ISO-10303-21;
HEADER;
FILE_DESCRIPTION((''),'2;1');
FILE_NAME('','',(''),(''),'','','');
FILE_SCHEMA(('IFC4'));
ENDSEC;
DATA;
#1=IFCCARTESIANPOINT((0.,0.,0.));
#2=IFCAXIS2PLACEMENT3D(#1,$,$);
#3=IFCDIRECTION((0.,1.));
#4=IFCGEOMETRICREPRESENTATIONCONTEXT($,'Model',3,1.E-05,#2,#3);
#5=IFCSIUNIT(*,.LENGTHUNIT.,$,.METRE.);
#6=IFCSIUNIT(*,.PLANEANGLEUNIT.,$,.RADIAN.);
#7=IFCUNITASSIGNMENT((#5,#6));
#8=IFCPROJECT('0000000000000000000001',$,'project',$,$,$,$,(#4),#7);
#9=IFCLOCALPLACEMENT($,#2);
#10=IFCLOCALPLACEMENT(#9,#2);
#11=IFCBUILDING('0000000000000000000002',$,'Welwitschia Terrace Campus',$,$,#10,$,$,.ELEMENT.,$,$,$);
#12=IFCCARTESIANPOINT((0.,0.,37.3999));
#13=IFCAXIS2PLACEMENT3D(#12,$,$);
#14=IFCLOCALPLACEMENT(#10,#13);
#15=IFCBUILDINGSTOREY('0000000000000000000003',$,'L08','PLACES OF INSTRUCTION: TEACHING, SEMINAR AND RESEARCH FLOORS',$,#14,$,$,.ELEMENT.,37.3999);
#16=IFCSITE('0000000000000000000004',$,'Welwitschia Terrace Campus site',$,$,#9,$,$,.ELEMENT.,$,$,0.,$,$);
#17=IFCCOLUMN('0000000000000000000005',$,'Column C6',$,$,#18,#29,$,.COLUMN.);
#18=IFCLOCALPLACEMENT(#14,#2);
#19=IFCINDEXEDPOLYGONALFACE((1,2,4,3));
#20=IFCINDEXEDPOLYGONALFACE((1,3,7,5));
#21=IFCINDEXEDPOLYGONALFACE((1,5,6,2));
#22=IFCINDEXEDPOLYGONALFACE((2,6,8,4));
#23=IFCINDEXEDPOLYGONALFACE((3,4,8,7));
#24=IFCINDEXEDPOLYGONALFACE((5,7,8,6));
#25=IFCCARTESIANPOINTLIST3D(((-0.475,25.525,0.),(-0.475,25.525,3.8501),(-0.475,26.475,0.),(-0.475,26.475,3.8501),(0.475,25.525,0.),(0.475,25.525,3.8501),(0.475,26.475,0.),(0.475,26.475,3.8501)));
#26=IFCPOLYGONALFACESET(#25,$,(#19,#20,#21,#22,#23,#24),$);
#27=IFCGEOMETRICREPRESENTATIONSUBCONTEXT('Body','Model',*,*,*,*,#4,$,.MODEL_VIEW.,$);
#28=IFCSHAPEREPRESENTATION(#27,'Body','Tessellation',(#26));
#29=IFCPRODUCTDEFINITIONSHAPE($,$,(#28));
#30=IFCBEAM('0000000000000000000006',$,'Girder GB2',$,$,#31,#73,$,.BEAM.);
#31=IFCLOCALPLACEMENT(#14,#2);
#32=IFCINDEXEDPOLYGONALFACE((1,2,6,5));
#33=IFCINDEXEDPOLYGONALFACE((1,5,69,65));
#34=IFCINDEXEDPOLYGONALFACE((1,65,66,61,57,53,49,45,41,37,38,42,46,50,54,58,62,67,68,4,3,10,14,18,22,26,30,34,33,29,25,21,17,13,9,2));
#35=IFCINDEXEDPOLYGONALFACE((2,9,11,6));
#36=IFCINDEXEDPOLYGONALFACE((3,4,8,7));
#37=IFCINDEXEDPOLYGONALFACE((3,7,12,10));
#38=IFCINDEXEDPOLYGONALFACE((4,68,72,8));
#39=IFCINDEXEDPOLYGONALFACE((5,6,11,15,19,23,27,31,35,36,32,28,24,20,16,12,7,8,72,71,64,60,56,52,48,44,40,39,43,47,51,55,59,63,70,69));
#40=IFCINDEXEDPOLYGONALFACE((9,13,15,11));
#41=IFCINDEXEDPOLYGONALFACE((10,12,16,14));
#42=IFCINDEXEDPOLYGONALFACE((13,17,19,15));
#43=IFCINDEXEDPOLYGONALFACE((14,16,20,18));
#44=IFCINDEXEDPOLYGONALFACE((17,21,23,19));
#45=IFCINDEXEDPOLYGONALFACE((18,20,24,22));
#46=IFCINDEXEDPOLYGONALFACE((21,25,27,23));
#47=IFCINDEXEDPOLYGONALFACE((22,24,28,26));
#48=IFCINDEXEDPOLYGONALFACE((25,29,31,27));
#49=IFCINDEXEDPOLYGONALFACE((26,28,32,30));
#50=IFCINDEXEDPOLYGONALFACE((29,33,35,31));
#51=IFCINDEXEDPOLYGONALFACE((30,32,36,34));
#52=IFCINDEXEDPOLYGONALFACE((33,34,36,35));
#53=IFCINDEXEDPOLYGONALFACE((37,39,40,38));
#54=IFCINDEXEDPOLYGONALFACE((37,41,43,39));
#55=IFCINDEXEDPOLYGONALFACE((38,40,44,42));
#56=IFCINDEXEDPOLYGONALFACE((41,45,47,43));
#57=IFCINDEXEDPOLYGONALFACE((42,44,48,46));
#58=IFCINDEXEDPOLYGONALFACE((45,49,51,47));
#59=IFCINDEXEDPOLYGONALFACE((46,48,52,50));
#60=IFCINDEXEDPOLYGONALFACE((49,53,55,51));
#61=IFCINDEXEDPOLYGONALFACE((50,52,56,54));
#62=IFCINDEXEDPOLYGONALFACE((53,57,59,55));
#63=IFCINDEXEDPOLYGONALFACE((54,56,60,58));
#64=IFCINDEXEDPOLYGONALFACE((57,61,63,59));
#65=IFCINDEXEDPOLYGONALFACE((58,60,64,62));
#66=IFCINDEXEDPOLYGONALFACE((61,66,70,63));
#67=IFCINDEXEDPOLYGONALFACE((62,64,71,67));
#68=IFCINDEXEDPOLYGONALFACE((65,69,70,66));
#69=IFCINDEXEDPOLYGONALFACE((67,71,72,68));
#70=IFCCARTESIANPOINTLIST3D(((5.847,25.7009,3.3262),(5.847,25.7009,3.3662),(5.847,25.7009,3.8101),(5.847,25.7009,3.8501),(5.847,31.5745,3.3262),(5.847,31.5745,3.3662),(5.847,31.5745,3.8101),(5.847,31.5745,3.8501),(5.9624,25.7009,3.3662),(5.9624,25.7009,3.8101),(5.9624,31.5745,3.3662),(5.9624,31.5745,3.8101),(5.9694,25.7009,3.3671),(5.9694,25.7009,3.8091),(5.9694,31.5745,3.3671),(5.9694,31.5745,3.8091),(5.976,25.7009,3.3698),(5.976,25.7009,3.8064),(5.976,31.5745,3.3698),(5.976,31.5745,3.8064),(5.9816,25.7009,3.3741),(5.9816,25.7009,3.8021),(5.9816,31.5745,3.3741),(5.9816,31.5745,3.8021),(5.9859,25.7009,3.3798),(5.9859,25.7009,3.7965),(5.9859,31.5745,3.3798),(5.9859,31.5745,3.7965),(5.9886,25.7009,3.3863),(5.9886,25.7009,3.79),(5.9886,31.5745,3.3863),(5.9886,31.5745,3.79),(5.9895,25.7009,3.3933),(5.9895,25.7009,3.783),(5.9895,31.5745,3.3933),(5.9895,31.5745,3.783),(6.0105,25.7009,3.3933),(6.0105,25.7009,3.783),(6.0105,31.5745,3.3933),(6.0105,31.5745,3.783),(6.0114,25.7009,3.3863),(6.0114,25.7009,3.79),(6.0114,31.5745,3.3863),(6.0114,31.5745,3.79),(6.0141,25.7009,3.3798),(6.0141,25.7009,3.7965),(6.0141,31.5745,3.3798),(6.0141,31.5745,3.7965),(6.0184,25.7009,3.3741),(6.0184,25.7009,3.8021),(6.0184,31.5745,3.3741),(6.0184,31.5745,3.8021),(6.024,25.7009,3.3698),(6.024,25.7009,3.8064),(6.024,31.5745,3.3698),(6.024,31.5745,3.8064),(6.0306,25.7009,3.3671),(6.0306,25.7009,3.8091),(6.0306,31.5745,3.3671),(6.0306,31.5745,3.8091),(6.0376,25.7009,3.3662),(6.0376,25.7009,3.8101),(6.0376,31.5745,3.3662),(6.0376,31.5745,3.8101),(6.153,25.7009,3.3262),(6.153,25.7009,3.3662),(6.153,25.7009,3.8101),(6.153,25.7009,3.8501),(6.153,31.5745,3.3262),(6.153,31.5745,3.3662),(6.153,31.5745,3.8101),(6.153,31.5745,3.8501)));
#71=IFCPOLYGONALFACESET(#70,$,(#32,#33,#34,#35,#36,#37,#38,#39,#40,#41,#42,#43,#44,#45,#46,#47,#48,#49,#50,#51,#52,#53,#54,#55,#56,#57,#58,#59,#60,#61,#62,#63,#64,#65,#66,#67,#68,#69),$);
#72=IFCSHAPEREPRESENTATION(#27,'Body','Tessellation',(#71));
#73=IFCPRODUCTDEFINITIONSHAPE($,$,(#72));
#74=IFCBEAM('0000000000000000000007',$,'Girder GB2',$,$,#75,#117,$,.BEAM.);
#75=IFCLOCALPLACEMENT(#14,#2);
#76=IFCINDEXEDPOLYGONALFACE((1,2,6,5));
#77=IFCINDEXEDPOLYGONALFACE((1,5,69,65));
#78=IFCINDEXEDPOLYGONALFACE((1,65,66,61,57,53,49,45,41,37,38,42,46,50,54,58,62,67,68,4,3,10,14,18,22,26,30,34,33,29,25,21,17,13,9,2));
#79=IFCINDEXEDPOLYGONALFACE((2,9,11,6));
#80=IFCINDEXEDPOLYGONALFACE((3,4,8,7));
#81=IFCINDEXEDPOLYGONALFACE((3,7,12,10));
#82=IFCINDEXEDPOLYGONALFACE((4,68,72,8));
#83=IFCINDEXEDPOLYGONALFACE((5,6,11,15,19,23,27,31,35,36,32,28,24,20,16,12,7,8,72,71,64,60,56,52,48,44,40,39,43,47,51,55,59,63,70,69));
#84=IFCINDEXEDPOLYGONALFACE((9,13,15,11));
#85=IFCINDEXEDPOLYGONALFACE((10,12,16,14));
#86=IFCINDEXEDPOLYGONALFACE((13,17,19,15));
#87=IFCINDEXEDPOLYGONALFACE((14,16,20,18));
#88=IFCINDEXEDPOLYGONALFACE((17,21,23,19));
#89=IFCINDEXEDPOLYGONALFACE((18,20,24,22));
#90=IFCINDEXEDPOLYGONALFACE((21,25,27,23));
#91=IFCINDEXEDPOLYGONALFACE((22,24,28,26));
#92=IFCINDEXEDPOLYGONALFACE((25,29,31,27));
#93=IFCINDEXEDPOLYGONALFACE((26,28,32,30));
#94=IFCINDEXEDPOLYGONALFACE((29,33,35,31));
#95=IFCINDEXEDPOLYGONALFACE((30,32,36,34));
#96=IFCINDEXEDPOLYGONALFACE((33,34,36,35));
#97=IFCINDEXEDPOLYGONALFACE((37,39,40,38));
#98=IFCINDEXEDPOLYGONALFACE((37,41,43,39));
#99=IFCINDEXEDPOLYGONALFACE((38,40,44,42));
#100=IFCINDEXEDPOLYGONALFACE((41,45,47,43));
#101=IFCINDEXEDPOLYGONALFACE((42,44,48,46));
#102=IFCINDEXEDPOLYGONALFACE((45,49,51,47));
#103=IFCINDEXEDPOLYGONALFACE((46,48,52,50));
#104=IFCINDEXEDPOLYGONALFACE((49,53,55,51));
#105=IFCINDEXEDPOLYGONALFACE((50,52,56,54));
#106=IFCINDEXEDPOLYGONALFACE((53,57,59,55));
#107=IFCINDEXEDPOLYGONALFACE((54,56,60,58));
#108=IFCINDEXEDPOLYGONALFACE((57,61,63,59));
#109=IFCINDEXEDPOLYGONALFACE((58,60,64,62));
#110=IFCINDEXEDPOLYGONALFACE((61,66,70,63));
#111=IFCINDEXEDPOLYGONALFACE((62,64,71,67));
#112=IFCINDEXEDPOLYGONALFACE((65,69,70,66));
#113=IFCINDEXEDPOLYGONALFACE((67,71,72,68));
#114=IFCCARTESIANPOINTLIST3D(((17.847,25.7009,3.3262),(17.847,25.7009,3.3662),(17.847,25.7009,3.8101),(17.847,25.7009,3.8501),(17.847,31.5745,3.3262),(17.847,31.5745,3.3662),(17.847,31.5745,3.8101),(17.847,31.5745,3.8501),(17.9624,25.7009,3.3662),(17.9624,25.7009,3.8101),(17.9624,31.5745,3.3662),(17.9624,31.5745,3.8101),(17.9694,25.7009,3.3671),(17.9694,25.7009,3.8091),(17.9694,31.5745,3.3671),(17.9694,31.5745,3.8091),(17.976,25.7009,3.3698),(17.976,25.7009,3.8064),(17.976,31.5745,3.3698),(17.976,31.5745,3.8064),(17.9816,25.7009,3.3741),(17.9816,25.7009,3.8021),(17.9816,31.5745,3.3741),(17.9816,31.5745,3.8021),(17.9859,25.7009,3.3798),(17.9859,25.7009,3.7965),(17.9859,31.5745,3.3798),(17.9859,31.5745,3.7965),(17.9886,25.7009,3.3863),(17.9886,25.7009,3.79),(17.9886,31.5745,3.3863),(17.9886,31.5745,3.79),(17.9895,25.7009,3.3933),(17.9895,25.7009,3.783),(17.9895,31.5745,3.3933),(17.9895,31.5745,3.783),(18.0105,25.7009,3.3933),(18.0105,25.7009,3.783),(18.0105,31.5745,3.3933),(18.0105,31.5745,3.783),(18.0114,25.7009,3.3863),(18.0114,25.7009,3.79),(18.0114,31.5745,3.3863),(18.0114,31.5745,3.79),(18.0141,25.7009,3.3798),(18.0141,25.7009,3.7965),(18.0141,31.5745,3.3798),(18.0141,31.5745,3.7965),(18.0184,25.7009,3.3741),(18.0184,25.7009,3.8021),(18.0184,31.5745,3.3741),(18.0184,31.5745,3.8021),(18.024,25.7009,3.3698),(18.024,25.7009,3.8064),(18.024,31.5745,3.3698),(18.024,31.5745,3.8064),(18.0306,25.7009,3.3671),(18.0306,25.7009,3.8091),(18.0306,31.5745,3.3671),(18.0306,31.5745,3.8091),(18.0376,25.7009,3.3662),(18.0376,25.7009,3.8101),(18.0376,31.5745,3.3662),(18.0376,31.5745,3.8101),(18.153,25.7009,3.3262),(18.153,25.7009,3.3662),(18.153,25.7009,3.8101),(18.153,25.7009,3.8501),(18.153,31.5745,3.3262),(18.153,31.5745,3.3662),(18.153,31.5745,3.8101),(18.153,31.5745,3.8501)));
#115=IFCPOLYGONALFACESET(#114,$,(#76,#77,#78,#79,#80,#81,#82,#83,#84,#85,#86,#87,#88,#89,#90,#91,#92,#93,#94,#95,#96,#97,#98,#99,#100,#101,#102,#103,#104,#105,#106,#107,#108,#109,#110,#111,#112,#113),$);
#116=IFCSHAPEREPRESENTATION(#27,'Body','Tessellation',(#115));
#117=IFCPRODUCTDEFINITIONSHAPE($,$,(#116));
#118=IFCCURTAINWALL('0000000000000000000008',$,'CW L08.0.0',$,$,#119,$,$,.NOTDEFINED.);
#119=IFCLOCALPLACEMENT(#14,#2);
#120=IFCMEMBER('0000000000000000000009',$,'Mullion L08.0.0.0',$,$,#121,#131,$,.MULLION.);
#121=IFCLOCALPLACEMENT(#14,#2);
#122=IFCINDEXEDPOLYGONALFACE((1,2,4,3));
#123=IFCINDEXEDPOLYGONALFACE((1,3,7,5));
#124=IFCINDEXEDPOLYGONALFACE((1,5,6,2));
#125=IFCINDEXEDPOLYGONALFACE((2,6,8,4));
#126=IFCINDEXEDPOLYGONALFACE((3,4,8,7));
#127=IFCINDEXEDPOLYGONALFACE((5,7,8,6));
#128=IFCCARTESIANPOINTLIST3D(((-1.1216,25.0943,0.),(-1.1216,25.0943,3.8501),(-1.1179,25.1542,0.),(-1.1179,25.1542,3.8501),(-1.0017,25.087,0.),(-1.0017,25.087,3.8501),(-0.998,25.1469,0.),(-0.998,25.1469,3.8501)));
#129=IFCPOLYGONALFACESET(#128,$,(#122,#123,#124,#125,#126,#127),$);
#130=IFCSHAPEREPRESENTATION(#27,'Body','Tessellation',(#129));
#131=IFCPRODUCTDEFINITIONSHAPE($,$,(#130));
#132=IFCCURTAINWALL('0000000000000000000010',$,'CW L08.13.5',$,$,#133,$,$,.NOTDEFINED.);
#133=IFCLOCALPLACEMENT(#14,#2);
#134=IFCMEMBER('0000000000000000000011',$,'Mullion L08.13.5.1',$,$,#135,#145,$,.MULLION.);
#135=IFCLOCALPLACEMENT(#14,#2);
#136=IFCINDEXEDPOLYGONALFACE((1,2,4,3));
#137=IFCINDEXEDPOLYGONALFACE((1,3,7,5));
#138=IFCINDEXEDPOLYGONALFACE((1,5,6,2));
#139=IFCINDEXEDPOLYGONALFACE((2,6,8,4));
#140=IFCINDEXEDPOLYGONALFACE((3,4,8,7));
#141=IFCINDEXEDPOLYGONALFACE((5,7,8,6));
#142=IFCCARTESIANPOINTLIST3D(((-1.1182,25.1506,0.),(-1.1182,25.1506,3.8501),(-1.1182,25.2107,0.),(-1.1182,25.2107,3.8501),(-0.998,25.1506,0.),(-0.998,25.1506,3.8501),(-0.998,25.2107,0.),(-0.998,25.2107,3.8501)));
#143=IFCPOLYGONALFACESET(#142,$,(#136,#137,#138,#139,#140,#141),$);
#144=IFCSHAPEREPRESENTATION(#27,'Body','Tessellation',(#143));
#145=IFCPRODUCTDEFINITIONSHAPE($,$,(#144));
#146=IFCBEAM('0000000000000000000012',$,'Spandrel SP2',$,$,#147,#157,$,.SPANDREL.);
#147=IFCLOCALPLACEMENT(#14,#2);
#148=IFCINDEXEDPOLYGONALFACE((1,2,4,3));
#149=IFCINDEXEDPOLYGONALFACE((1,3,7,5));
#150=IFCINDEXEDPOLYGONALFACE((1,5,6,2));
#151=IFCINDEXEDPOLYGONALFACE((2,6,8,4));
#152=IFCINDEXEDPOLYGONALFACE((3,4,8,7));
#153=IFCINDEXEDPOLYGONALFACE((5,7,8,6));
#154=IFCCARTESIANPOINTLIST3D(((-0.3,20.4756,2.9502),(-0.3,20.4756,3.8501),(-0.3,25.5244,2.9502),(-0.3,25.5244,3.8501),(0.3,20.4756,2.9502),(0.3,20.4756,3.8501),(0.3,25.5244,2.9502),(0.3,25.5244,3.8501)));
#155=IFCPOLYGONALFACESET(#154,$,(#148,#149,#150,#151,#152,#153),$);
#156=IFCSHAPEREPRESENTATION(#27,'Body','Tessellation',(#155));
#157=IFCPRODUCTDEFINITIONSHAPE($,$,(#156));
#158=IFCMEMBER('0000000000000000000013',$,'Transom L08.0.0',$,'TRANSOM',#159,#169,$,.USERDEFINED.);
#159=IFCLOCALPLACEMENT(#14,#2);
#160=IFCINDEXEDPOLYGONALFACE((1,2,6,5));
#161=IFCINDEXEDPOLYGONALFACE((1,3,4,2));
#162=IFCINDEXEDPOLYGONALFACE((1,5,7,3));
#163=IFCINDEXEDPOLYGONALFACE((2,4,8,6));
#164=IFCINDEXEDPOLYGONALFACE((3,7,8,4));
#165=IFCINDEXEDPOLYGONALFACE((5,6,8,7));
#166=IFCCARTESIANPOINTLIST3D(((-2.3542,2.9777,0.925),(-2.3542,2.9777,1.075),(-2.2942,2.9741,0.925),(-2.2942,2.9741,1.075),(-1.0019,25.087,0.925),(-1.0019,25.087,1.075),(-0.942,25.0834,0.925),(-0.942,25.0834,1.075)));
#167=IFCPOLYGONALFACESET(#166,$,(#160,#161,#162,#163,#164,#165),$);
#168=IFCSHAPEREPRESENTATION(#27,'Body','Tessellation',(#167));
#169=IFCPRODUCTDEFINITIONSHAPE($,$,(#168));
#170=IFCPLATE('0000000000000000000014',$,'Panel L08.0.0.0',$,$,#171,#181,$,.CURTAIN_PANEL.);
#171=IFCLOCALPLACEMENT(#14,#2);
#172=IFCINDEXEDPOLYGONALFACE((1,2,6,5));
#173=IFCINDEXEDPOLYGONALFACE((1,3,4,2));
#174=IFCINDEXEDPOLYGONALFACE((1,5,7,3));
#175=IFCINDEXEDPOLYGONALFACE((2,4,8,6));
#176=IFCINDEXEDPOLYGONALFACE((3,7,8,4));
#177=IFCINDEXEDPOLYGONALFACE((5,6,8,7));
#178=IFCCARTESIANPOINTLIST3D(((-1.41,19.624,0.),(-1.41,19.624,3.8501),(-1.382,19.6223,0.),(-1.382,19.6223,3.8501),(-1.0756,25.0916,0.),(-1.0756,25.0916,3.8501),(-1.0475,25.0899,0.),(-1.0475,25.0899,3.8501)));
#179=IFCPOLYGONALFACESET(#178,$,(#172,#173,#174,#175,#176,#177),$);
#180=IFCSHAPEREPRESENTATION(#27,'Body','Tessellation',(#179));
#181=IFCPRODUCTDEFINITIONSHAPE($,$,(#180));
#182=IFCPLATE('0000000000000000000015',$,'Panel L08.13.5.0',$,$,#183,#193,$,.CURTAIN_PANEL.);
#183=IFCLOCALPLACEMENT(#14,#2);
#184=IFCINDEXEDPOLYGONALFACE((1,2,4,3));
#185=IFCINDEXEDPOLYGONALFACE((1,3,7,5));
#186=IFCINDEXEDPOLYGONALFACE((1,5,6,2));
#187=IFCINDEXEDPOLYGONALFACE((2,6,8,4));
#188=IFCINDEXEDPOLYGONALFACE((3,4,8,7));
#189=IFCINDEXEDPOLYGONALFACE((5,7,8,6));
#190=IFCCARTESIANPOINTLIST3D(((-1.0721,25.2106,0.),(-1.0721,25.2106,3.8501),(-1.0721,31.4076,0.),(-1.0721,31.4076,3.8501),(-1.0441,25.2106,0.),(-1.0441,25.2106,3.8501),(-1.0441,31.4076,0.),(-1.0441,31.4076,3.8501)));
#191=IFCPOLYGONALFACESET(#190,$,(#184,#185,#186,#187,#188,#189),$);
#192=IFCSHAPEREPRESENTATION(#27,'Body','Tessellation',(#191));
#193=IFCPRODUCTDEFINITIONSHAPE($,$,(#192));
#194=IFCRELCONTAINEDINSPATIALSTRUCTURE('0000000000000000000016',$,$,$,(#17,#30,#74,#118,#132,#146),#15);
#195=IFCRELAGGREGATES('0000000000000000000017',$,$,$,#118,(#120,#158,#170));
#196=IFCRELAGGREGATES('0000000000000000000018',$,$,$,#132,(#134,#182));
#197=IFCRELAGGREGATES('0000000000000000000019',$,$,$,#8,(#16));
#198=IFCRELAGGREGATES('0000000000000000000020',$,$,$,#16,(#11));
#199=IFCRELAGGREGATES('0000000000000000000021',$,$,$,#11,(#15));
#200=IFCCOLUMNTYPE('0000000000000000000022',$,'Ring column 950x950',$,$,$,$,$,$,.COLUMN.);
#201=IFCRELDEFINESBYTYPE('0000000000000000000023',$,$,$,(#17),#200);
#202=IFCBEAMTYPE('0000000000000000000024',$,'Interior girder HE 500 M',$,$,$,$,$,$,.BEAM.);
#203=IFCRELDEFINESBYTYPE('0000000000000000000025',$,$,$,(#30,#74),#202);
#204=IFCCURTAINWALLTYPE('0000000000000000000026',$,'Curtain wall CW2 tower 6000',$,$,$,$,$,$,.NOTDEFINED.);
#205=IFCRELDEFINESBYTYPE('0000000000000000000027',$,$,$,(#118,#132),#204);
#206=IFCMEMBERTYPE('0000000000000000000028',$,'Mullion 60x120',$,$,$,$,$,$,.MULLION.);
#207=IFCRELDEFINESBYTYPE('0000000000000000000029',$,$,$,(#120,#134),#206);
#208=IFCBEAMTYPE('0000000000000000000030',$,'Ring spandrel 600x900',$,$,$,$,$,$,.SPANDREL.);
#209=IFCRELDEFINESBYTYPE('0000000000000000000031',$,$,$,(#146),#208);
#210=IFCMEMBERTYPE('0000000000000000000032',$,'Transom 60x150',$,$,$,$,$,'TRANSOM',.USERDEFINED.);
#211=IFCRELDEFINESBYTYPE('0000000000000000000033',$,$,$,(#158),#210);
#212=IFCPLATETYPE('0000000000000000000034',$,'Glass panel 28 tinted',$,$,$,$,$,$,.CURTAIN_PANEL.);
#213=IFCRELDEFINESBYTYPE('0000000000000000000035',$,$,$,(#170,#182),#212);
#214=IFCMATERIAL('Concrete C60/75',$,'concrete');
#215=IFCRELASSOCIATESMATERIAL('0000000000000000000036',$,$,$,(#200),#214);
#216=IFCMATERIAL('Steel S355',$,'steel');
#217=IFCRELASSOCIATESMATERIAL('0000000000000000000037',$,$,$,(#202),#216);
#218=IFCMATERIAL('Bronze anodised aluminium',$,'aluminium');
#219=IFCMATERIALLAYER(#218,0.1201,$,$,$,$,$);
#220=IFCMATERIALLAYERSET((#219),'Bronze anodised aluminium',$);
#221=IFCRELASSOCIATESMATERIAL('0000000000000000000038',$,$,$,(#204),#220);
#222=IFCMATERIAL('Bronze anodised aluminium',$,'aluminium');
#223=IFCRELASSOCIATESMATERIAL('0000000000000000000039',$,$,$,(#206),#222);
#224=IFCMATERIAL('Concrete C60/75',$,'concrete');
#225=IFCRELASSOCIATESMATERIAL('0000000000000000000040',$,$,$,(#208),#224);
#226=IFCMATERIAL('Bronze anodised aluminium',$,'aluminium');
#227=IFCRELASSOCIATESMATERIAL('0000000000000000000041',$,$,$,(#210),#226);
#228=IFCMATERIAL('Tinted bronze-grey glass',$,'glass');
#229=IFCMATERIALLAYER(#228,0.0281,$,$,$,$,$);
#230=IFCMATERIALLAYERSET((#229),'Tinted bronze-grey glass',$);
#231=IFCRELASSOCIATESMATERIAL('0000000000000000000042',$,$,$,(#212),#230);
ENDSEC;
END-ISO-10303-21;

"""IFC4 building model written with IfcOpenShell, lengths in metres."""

from ifc_helpers import new_model, si_unit, direction, frame, origin, origin_2d, place, context, subcontext, project, spatial, rectangle, i_section, extrude, material, layer, layer_set, material_profile, profile_set, type_object, element, aggregate, save


model = new_model("IFC4")

# Units and contexts
model_context = context("Model", 3, precision=1e-05, world=origin(), true_north=direction((0.0, 1.0)))
body_context = subcontext(model_context, "Body", "Model", "MODEL_VIEW")
ifc_project = project(units=[si_unit("LENGTHUNIT", "METRE"), si_unit("PLANEANGLEUNIT", "RADIAN")], contexts=[model_context])

# Site, building, storey
site_placement = place(None, origin())
site = spatial("IfcSite", under=ifc_project, at=site_placement, Name="Welwitschia Terrace Campus site", CompositionType="ELEMENT", RefElevation=0.0)
building_placement = place(site_placement, origin())
building = spatial("IfcBuilding", under=site, at=building_placement, Name="Welwitschia Terrace Campus", CompositionType="ELEMENT")
storey_placement = place(building_placement, frame((0.0, 0.0, 37.3999)))
storey = spatial("IfcBuildingStorey", under=building, at=storey_placement, Name="L08", Description="PLACES OF INSTRUCTION: TEACHING, SEMINAR AND RESEARCH FLOORS", CompositionType="ELEMENT", Elevation=37.3999)

# Column
ifc_material_1 = material(Name="Concrete C60/75", Category="concrete")
ifc_material_profile_1 = material_profile(ifc_material_1, rectangle(XDim=0.95, YDim=0.95, at=origin_2d()))
ifc_profile_set_1 = profile_set([ifc_material_profile_1], Name="Concrete C60/75")
column_type = type_object("IfcColumnType", Name="Ring column 950x950", PredefinedType="COLUMN", material=ifc_profile_set_1)
column_placement = place(storey_placement, frame((0.0, 26.0, 0.0), z_axis=(0.0, 0.0, 1.0), x_axis=(1.0, 0.0, 0.0)))
element("IfcColumn", 1, at=column_placement, inside=storey, type_object=column_type, Name="Column C6", PredefinedType="COLUMN", context=body_context, shape_type="SweptSolid", body=[
    extrude(rectangle(XDim=0.95, YDim=0.95, at=origin_2d()), origin(), (0.0, 0.0, 1.0), 3.8501),
])

# Beams
ifc_material_2 = material(Name="Steel S355", Category="steel")
ifc_material_profile_2 = material_profile(ifc_material_2, i_section(OverallWidth=0.3059, OverallDepth=0.5239, WebThickness=0.021, FlangeThickness=0.04, FilletRadius=0.0271, at=origin_2d()))
ifc_profile_set_2 = profile_set([ifc_material_profile_2], Name="Steel S355")
beam_type_1 = type_object("IfcBeamType", Name="Interior girder HE 500 M", PredefinedType="BEAM", material=ifc_profile_set_2)
for number, where, z_axis, x_axis, name in (
    (2, (6.0, 25.7009, 3.5881), (0.0, 1.0, 0.0), (-1.0, 0.0, 0.0), "Girder GB2"),
    (3, (18.0, 25.7009, 3.5881), (0.0, 1.0, 0.0), (-1.0, 0.0, 0.0), "Girder GB2"),
):
    element("IfcBeam", number, at=place(storey_placement, frame(where, z_axis=z_axis, x_axis=x_axis)), inside=storey, type_object=beam_type_1, Name=name, PredefinedType="BEAM", context=body_context, shape_type="SweptSolid", body=[
        extrude(i_section(OverallWidth=0.3059, OverallDepth=0.5239, WebThickness=0.021, FlangeThickness=0.04, FilletRadius=0.0271, at=origin_2d()), origin(), (0.0, 0.0, 1.0), 5.8735),
    ])

# Curtain walls, members
ifc_material_3 = material(Name="Bronze anodised aluminium", Category="aluminium")
ifc_layer_1 = layer(ifc_material_3, 0.1201)
ifc_layer_set_1 = layer_set([ifc_layer_1], Name="Bronze anodised aluminium")
curtain_wall_type = type_object("IfcCurtainWallType", Name="Curtain wall CW2 tower 6000", PredefinedType="NOTDEFINED", material=ifc_layer_set_1)
curtain_wall_1_placement = place(storey_placement, origin())
curtain_wall_1 = element("IfcCurtainWall", 4, at=curtain_wall_1_placement, inside=storey, type_object=curtain_wall_type, Name="CW L08.0.0", PredefinedType="NOTDEFINED")
ifc_material_4 = material(Name="Bronze anodised aluminium", Category="aluminium")
ifc_material_profile_3 = material_profile(ifc_material_4, rectangle(XDim=0.1201, YDim=0.0601, at=origin_2d()))
ifc_profile_set_3 = profile_set([ifc_material_profile_3], Name="Bronze anodised aluminium")
member_type_1 = type_object("IfcMemberType", Name="Mullion 60x120", PredefinedType="MULLION", material=ifc_profile_set_3)
member_1_placement = place(storey_placement, frame((-1.0598, 25.1206, 0.0), z_axis=(0.0, 0.0, 1.0), x_axis=(0.998135, -0.061049, 0.0)))
member_1 = element("IfcMember", 5, at=member_1_placement, type_object=member_type_1, Name="Mullion L08.0.0.0", PredefinedType="MULLION", context=body_context, shape_type="SweptSolid", body=[
    extrude(rectangle(XDim=0.1201, YDim=0.0601, at=origin_2d()), origin(), (0.0, 0.0, 1.0), 3.8501),
])
curtain_wall_2_placement = place(storey_placement, origin())
curtain_wall_2 = element("IfcCurtainWall", 6, at=curtain_wall_2_placement, inside=storey, type_object=curtain_wall_type, Name="CW L08.13.5", PredefinedType="NOTDEFINED")
member_2_placement = place(storey_placement, frame((-1.0581, 25.1807, 0.0), z_axis=(0.0, 0.0, 1.0), x_axis=(1.0, 0.0, 0.0)))
member_2 = element("IfcMember", 7, at=member_2_placement, type_object=member_type_1, Name="Mullion L08.13.5.1", PredefinedType="MULLION", context=body_context, shape_type="SweptSolid", body=[
    extrude(rectangle(XDim=0.1201, YDim=0.0601, at=origin_2d()), origin(), (0.0, 0.0, 1.0), 3.8501),
])

# Beam
ifc_material_5 = material(Name="Concrete C60/75", Category="concrete")
ifc_material_profile_4 = material_profile(ifc_material_5, rectangle(XDim=0.6001, YDim=0.8999, at=origin_2d()))
ifc_profile_set_4 = profile_set([ifc_material_profile_4], Name="Concrete C60/75")
beam_type_2 = type_object("IfcBeamType", Name="Ring spandrel 600x900", PredefinedType="SPANDREL", material=ifc_profile_set_4)
beam_placement = place(storey_placement, frame((0.0, 25.5244, 3.4001), z_axis=(0.0, -1.0, 0.0), x_axis=(1.0, 0.0, 0.0)))
element("IfcBeam", 8, at=beam_placement, inside=storey, type_object=beam_type_2, Name="Spandrel SP2", PredefinedType="SPANDREL", context=body_context, shape_type="SweptSolid", body=[
    extrude(rectangle(XDim=0.6001, YDim=0.8999, at=origin_2d()), origin(), (0.0, 0.0, 1.0), 5.0488),
])

# Member
ifc_material_6 = material(Name="Bronze anodised aluminium", Category="aluminium")
ifc_material_profile_5 = material_profile(ifc_material_6, rectangle(XDim=0.0601, YDim=0.1499, at=origin_2d()))
ifc_profile_set_5 = profile_set([ifc_material_profile_5], Name="Bronze anodised aluminium")
member_type_2 = type_object("IfcMemberType", Name="Transom 60x150", ElementType="TRANSOM", PredefinedType="USERDEFINED", material=ifc_profile_set_5)
member_3_placement = place(storey_placement, frame((-0.9719, 25.0852, 1.0), z_axis=(-0.06105, -0.998135, 0.0), x_axis=(0.998135, -0.06105, 0.0)))
member_3 = element("IfcMember", 9, at=member_3_placement, type_object=member_type_2, Name="Transom L08.0.0", ObjectType="TRANSOM", PredefinedType="USERDEFINED", context=body_context, shape_type="SweptSolid", body=[
    extrude(rectangle(XDim=0.0601, YDim=0.1499, at=origin_2d()), origin(), (0.0, 0.0, 1.0), 22.1506),
])

# Plates
ifc_material_7 = material(Name="Tinted bronze-grey glass", Category="glass")
ifc_layer_2 = layer(ifc_material_7, 0.0281)
ifc_layer_set_2 = layer_set([ifc_layer_2], Name="Tinted bronze-grey glass")
plate_type = type_object("IfcPlateType", Name="Glass panel 28 tinted", PredefinedType="CURTAIN_PANEL", material=ifc_layer_set_2)
plate_1_placement = place(storey_placement, frame((-1.2288, 22.3569, 0.0), z_axis=(0.0, 0.0, 1.0), x_axis=(-0.061049, -0.998135, 0.0)))
plate_1 = element("IfcPlate", 10, at=plate_1_placement, type_object=plate_type, Name="Panel L08.0.0.0", PredefinedType="CURTAIN_PANEL", context=body_context, shape_type="SweptSolid", body=[
    extrude(rectangle(XDim=5.4778, YDim=0.0281, at=origin_2d()), origin(), (0.0, 0.0, 1.0), 3.8501),
])
aggregate(curtain_wall_1, [member_1, member_3, plate_1])
plate_2_placement = place(storey_placement, frame((-1.0581, 28.3091, 0.0), z_axis=(0.0, 0.0, 1.0), x_axis=(0.0, -1.0, 0.0)))
plate_2 = element("IfcPlate", 11, at=plate_2_placement, type_object=plate_type, Name="Panel L08.13.5.0", PredefinedType="CURTAIN_PANEL", context=body_context, shape_type="SweptSolid", body=[
    extrude(rectangle(XDim=6.197, YDim=0.0281, at=origin_2d()), origin(), (0.0, 0.0, 1.0), 3.8501),
])
aggregate(curtain_wall_2, [member_2, plate_2])

save(model, "model.ifc")
